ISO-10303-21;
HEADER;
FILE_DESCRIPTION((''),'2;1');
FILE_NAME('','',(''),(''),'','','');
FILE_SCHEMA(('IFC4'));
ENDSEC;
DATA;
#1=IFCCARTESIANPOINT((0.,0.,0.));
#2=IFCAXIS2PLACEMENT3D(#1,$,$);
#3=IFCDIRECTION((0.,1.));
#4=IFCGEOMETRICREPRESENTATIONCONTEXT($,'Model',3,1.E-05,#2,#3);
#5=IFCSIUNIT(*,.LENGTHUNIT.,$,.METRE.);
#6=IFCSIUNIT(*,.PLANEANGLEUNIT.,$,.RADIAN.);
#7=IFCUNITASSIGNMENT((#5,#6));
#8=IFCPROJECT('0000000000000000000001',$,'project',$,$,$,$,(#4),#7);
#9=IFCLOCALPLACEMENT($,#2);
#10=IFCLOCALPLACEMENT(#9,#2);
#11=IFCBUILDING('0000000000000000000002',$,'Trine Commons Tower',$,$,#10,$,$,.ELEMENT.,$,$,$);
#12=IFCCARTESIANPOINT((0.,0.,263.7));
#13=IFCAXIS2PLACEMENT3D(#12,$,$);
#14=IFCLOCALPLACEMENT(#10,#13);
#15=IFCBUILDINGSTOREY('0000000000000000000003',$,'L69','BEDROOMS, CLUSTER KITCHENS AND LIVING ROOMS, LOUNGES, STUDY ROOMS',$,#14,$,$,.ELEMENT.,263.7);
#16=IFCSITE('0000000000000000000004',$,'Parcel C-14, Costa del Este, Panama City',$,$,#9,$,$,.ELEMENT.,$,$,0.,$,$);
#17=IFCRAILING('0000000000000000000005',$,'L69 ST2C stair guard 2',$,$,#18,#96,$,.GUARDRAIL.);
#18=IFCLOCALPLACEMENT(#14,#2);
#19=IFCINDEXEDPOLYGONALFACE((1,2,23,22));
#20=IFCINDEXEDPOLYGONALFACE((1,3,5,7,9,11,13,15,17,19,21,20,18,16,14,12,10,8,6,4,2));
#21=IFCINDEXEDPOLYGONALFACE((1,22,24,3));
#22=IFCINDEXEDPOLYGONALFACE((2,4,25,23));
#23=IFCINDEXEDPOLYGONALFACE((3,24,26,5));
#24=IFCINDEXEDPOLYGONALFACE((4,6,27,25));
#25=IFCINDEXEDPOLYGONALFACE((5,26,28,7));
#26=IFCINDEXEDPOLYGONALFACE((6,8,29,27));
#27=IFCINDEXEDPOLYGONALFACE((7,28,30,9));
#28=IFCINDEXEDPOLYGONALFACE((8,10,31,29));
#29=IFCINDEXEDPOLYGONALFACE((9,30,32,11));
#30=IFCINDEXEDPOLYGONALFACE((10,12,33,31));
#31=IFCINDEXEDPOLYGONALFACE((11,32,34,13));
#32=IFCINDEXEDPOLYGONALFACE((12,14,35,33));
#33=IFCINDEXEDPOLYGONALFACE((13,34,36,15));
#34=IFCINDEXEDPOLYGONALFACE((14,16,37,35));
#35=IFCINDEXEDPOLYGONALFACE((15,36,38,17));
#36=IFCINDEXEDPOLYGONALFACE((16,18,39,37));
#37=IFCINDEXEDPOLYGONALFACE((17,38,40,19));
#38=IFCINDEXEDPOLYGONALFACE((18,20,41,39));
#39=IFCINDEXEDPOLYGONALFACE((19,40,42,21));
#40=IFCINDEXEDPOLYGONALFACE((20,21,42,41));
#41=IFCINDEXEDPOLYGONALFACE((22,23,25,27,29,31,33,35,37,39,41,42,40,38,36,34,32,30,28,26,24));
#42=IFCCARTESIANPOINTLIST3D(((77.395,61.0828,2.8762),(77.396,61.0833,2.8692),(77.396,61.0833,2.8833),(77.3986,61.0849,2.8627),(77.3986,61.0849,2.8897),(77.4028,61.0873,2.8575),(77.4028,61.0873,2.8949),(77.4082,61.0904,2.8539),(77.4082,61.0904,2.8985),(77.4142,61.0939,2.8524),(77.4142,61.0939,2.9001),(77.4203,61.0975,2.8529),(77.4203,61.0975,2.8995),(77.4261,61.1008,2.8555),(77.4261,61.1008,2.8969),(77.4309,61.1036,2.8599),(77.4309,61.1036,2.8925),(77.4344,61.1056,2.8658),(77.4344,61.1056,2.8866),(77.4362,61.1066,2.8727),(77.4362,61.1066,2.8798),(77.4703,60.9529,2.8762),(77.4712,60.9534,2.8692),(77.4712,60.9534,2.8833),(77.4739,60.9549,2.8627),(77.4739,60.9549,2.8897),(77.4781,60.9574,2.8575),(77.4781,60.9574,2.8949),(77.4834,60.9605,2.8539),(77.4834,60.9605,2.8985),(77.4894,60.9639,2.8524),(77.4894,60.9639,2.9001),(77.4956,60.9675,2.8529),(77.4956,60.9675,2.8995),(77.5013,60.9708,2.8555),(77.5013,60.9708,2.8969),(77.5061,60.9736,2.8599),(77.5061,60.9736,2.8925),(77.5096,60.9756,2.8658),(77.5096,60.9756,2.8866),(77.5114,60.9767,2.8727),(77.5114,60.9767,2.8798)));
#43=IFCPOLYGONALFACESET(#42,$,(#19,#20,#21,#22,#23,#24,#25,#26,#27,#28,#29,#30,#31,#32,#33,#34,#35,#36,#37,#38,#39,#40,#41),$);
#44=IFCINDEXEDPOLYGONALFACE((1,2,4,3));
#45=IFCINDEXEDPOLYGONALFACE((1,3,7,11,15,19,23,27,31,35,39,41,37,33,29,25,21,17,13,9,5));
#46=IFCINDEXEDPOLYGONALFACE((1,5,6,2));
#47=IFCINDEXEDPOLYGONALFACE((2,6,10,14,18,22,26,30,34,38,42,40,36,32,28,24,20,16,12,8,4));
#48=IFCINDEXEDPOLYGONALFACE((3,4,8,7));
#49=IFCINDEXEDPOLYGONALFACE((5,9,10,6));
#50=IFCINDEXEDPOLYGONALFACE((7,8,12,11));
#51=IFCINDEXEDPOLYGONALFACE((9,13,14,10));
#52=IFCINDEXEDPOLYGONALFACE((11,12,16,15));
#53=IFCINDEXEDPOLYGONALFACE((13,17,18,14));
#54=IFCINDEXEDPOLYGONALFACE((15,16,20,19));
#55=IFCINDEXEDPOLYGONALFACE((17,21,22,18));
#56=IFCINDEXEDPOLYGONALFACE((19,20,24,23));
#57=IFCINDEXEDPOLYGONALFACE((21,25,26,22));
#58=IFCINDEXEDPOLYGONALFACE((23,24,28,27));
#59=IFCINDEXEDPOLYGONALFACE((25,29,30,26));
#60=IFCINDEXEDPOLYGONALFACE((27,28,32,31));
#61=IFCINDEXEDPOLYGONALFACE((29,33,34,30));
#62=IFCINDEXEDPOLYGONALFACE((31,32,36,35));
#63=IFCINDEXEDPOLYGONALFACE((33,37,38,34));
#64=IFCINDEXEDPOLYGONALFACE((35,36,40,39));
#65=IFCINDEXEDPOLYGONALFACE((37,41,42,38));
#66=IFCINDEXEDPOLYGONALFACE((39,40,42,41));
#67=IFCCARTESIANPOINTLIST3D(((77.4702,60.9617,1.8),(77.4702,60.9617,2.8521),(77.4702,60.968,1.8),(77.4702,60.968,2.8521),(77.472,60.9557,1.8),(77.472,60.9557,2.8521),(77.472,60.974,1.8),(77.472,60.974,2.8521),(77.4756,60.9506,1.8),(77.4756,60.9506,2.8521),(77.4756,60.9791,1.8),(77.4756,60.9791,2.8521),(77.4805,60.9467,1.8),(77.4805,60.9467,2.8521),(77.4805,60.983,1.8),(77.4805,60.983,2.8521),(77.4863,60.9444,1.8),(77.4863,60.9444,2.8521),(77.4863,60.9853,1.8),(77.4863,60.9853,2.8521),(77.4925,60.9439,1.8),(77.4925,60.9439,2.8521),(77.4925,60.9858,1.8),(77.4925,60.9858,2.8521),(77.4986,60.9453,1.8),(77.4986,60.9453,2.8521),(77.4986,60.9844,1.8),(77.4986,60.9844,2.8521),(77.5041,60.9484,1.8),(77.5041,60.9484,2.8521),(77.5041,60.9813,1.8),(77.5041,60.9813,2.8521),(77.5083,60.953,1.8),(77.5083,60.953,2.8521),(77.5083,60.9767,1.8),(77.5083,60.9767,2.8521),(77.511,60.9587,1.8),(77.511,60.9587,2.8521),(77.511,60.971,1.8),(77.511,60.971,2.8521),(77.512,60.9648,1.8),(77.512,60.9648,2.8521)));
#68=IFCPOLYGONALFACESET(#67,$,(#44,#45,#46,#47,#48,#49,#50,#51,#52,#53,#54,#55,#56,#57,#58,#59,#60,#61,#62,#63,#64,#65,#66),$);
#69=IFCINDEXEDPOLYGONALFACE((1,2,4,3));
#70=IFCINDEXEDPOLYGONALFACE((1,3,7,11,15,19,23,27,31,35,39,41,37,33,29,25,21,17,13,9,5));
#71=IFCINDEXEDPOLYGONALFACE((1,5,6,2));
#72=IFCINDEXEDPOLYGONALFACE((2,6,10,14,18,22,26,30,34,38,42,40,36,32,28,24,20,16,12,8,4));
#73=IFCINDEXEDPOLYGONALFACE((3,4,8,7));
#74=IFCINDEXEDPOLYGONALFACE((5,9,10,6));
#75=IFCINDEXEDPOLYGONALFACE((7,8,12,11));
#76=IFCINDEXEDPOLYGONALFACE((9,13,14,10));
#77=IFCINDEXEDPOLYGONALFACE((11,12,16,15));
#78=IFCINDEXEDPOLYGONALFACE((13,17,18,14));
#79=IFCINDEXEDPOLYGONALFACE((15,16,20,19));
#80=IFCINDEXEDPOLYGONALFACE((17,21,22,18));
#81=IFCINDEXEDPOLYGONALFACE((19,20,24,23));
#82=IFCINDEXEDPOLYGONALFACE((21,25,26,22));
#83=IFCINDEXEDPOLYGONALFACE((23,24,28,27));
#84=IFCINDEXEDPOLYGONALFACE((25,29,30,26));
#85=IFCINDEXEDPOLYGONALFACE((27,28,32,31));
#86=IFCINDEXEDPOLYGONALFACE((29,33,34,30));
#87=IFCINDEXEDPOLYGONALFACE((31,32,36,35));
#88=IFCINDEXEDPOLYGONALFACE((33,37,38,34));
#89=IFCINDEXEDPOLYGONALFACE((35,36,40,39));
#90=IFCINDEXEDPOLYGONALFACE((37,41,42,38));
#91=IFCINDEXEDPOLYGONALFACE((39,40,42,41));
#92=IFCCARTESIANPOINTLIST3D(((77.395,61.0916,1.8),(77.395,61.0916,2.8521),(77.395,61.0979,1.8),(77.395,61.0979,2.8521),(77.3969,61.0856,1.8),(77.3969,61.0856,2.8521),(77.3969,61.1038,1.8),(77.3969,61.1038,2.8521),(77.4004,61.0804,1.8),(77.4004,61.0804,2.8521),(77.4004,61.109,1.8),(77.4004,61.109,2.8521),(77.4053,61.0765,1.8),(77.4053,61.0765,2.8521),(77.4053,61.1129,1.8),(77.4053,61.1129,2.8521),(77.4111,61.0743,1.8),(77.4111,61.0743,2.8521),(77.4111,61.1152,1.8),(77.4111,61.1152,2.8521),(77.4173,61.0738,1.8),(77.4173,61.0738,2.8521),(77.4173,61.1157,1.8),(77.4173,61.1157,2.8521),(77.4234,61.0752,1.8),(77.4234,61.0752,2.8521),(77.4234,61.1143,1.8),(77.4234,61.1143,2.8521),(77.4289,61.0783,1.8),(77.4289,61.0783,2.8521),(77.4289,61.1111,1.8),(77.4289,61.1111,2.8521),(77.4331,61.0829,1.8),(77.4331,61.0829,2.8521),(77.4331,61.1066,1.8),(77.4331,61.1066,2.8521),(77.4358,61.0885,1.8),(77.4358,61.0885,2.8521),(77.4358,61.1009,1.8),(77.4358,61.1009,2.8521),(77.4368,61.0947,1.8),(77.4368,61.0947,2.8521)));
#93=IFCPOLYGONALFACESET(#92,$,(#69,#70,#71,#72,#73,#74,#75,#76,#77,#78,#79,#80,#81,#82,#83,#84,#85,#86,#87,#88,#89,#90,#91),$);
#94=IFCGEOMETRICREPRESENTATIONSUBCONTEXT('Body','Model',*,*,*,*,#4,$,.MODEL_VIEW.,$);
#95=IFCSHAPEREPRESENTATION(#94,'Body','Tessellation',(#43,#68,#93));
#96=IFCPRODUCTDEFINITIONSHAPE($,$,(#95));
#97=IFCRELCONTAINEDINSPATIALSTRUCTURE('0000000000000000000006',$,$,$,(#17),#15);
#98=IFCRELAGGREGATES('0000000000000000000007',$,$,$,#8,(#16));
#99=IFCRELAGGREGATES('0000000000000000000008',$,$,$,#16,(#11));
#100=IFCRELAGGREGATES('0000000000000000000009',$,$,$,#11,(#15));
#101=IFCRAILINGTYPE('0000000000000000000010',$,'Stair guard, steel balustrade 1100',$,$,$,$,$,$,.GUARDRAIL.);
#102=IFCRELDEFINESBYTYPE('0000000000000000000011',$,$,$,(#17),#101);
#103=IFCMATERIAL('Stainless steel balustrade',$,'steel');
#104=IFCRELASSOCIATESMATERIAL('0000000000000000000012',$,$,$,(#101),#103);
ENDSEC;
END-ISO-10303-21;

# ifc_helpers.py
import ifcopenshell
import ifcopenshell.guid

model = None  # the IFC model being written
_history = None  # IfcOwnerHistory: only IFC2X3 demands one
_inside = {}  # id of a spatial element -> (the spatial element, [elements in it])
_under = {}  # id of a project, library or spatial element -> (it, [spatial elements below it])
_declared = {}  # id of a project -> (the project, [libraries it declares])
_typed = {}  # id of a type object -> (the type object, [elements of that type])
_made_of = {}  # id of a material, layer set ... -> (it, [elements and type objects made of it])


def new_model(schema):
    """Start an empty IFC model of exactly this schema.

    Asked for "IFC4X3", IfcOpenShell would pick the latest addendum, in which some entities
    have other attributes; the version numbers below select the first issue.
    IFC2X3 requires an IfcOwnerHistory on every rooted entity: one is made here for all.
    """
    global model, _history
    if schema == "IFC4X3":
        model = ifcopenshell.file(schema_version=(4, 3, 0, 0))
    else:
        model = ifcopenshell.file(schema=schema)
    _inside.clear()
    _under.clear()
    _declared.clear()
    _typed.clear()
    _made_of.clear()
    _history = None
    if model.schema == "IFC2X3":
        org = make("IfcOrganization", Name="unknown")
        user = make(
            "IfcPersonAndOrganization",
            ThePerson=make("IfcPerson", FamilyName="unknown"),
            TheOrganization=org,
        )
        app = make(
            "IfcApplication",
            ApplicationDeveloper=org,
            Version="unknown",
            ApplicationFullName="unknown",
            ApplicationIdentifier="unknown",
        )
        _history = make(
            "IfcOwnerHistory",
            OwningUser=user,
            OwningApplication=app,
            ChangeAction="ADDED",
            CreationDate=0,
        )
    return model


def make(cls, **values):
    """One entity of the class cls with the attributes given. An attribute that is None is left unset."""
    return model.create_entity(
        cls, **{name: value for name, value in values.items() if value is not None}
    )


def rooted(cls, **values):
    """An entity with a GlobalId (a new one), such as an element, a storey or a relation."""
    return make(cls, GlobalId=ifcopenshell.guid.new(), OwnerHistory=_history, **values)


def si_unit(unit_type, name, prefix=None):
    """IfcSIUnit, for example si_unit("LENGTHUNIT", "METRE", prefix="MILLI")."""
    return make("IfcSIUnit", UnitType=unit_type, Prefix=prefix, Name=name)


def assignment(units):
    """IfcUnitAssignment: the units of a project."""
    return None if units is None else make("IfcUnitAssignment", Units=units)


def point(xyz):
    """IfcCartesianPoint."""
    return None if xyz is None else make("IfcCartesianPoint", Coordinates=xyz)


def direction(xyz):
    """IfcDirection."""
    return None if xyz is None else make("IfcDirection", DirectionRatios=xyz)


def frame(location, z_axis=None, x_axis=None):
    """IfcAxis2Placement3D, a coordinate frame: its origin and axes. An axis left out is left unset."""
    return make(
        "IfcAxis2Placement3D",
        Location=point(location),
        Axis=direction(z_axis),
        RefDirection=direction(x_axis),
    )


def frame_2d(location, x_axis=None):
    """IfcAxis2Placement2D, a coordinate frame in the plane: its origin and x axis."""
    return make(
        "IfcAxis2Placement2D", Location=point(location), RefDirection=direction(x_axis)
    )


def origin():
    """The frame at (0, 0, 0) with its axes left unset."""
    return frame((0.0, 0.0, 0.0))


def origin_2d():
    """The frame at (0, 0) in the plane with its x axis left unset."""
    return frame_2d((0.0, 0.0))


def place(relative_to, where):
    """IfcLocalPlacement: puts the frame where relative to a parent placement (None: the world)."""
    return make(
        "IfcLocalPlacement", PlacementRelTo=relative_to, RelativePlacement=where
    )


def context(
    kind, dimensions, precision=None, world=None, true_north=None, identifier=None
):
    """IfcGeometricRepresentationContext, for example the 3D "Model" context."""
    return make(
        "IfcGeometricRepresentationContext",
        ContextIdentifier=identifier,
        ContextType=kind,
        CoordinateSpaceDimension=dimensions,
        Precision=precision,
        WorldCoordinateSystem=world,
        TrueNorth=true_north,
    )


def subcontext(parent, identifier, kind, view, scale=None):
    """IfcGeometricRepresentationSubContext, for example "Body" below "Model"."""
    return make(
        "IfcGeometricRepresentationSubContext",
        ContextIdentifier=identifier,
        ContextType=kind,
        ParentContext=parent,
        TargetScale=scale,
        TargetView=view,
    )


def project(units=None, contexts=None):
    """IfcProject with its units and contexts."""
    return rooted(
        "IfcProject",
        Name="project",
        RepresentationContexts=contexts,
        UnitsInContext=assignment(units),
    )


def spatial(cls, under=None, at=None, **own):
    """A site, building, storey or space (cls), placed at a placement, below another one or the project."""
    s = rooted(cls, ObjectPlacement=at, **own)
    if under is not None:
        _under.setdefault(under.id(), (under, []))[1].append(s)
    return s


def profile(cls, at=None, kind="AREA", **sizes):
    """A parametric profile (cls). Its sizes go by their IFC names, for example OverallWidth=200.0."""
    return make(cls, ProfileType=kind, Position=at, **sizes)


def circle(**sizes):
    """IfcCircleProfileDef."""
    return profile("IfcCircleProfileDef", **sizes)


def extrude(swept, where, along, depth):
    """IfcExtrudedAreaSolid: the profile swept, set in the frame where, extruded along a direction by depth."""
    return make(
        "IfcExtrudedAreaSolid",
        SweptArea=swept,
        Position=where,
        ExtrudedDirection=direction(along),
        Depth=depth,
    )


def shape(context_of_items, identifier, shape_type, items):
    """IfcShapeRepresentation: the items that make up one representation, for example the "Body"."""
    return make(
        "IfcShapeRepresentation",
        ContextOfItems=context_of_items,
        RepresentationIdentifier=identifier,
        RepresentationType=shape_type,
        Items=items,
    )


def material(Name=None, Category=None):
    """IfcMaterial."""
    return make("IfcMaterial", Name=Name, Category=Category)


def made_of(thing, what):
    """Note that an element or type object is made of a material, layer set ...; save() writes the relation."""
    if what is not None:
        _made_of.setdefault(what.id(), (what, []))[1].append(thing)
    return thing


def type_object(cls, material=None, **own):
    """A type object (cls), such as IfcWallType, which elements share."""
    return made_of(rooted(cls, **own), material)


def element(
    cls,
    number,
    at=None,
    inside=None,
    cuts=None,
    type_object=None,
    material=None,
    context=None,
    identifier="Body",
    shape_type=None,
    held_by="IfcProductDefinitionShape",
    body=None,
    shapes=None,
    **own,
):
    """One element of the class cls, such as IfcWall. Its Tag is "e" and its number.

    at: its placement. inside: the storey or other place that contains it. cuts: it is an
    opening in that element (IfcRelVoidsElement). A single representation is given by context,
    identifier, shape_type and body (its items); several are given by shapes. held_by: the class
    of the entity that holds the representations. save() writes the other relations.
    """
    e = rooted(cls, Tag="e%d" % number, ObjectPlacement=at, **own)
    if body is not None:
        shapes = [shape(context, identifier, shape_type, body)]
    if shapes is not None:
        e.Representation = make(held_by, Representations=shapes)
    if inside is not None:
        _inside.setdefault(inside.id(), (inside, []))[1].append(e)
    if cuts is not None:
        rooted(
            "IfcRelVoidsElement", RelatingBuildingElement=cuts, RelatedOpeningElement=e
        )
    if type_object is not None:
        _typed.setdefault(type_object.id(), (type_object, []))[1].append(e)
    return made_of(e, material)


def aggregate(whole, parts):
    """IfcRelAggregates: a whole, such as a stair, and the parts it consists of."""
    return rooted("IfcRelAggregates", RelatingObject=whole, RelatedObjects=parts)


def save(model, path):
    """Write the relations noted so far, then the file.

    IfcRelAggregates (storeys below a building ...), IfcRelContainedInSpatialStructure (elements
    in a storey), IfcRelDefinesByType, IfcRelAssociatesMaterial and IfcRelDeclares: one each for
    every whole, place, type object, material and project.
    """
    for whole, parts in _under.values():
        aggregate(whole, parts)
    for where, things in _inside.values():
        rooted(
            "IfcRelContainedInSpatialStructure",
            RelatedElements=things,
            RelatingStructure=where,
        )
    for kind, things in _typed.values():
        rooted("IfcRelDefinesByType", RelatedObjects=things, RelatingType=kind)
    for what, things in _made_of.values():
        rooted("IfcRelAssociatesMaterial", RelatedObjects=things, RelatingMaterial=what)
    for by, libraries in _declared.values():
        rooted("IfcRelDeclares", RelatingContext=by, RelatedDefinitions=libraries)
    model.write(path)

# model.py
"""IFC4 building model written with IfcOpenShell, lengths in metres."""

from ifc_helpers import new_model, si_unit, direction, frame, origin, origin_2d, place, context, subcontext, project, spatial, circle, extrude, material, type_object, element, save


model = new_model("IFC4")

# Units and contexts
model_context = context("Model", 3, precision=1e-05, world=origin(), true_north=direction((0.0, 1.0)))
body_context = subcontext(model_context, "Body", "Model", "MODEL_VIEW")
ifc_project = project(units=[si_unit("LENGTHUNIT", "METRE"), si_unit("PLANEANGLEUNIT", "RADIAN")], contexts=[model_context])

# Site, building, storey
site_placement = place(None, origin())
site = spatial("IfcSite", under=ifc_project, at=site_placement, Name="Parcel C-14, Costa del Este, Panama City", CompositionType="ELEMENT", RefElevation=0.0)
building_placement = place(site_placement, origin())
building = spatial("IfcBuilding", under=site, at=building_placement, Name="Trine Commons Tower", CompositionType="ELEMENT")
storey_placement = place(building_placement, frame((0.0, 0.0, 263.7)))
storey = spatial("IfcBuildingStorey", under=building, at=storey_placement, Name="L69", Description="BEDROOMS, CLUSTER KITCHENS AND LIVING ROOMS, LOUNGES, STUDY ROOMS", CompositionType="ELEMENT", Elevation=263.7)

# Railing
ifc_material_1 = material(Name="Stainless steel balustrade", Category="steel")
railing_type_1 = type_object("IfcRailingType", Name="Stair guard, steel balustrade 1100", PredefinedType="GUARDRAIL", material=ifc_material_1)
railing_1_placement = place(storey_placement, frame((77.491, 60.9648, 1.8)))
element("IfcRailing", 1, at=railing_1_placement, inside=storey, type_object=railing_type_1, Name="L69 ST2C stair guard 2", PredefinedType="GUARDRAIL", context=body_context, shape_type="SweptSolid", body=[
    extrude(circle(Radius=0.0239, at=origin_2d()), frame((0.0, 0.0, 1.0762), z_axis=(-0.501036, 0.865426, 0.0), x_axis=(-0.865426, -0.501036, 0.0)), (0.0, 0.0, 1.0), 0.1501),
    extrude(circle(Radius=0.021, at=origin_2d()), origin(), (0.0, 0.0, 1.0), 1.052),
    extrude(circle(Radius=0.021, at=origin_2d()), frame((-0.0752, 0.1299, 0.0)), (0.0, 0.0, 1.0), 1.052),
])

save(model, "model.ifc")
